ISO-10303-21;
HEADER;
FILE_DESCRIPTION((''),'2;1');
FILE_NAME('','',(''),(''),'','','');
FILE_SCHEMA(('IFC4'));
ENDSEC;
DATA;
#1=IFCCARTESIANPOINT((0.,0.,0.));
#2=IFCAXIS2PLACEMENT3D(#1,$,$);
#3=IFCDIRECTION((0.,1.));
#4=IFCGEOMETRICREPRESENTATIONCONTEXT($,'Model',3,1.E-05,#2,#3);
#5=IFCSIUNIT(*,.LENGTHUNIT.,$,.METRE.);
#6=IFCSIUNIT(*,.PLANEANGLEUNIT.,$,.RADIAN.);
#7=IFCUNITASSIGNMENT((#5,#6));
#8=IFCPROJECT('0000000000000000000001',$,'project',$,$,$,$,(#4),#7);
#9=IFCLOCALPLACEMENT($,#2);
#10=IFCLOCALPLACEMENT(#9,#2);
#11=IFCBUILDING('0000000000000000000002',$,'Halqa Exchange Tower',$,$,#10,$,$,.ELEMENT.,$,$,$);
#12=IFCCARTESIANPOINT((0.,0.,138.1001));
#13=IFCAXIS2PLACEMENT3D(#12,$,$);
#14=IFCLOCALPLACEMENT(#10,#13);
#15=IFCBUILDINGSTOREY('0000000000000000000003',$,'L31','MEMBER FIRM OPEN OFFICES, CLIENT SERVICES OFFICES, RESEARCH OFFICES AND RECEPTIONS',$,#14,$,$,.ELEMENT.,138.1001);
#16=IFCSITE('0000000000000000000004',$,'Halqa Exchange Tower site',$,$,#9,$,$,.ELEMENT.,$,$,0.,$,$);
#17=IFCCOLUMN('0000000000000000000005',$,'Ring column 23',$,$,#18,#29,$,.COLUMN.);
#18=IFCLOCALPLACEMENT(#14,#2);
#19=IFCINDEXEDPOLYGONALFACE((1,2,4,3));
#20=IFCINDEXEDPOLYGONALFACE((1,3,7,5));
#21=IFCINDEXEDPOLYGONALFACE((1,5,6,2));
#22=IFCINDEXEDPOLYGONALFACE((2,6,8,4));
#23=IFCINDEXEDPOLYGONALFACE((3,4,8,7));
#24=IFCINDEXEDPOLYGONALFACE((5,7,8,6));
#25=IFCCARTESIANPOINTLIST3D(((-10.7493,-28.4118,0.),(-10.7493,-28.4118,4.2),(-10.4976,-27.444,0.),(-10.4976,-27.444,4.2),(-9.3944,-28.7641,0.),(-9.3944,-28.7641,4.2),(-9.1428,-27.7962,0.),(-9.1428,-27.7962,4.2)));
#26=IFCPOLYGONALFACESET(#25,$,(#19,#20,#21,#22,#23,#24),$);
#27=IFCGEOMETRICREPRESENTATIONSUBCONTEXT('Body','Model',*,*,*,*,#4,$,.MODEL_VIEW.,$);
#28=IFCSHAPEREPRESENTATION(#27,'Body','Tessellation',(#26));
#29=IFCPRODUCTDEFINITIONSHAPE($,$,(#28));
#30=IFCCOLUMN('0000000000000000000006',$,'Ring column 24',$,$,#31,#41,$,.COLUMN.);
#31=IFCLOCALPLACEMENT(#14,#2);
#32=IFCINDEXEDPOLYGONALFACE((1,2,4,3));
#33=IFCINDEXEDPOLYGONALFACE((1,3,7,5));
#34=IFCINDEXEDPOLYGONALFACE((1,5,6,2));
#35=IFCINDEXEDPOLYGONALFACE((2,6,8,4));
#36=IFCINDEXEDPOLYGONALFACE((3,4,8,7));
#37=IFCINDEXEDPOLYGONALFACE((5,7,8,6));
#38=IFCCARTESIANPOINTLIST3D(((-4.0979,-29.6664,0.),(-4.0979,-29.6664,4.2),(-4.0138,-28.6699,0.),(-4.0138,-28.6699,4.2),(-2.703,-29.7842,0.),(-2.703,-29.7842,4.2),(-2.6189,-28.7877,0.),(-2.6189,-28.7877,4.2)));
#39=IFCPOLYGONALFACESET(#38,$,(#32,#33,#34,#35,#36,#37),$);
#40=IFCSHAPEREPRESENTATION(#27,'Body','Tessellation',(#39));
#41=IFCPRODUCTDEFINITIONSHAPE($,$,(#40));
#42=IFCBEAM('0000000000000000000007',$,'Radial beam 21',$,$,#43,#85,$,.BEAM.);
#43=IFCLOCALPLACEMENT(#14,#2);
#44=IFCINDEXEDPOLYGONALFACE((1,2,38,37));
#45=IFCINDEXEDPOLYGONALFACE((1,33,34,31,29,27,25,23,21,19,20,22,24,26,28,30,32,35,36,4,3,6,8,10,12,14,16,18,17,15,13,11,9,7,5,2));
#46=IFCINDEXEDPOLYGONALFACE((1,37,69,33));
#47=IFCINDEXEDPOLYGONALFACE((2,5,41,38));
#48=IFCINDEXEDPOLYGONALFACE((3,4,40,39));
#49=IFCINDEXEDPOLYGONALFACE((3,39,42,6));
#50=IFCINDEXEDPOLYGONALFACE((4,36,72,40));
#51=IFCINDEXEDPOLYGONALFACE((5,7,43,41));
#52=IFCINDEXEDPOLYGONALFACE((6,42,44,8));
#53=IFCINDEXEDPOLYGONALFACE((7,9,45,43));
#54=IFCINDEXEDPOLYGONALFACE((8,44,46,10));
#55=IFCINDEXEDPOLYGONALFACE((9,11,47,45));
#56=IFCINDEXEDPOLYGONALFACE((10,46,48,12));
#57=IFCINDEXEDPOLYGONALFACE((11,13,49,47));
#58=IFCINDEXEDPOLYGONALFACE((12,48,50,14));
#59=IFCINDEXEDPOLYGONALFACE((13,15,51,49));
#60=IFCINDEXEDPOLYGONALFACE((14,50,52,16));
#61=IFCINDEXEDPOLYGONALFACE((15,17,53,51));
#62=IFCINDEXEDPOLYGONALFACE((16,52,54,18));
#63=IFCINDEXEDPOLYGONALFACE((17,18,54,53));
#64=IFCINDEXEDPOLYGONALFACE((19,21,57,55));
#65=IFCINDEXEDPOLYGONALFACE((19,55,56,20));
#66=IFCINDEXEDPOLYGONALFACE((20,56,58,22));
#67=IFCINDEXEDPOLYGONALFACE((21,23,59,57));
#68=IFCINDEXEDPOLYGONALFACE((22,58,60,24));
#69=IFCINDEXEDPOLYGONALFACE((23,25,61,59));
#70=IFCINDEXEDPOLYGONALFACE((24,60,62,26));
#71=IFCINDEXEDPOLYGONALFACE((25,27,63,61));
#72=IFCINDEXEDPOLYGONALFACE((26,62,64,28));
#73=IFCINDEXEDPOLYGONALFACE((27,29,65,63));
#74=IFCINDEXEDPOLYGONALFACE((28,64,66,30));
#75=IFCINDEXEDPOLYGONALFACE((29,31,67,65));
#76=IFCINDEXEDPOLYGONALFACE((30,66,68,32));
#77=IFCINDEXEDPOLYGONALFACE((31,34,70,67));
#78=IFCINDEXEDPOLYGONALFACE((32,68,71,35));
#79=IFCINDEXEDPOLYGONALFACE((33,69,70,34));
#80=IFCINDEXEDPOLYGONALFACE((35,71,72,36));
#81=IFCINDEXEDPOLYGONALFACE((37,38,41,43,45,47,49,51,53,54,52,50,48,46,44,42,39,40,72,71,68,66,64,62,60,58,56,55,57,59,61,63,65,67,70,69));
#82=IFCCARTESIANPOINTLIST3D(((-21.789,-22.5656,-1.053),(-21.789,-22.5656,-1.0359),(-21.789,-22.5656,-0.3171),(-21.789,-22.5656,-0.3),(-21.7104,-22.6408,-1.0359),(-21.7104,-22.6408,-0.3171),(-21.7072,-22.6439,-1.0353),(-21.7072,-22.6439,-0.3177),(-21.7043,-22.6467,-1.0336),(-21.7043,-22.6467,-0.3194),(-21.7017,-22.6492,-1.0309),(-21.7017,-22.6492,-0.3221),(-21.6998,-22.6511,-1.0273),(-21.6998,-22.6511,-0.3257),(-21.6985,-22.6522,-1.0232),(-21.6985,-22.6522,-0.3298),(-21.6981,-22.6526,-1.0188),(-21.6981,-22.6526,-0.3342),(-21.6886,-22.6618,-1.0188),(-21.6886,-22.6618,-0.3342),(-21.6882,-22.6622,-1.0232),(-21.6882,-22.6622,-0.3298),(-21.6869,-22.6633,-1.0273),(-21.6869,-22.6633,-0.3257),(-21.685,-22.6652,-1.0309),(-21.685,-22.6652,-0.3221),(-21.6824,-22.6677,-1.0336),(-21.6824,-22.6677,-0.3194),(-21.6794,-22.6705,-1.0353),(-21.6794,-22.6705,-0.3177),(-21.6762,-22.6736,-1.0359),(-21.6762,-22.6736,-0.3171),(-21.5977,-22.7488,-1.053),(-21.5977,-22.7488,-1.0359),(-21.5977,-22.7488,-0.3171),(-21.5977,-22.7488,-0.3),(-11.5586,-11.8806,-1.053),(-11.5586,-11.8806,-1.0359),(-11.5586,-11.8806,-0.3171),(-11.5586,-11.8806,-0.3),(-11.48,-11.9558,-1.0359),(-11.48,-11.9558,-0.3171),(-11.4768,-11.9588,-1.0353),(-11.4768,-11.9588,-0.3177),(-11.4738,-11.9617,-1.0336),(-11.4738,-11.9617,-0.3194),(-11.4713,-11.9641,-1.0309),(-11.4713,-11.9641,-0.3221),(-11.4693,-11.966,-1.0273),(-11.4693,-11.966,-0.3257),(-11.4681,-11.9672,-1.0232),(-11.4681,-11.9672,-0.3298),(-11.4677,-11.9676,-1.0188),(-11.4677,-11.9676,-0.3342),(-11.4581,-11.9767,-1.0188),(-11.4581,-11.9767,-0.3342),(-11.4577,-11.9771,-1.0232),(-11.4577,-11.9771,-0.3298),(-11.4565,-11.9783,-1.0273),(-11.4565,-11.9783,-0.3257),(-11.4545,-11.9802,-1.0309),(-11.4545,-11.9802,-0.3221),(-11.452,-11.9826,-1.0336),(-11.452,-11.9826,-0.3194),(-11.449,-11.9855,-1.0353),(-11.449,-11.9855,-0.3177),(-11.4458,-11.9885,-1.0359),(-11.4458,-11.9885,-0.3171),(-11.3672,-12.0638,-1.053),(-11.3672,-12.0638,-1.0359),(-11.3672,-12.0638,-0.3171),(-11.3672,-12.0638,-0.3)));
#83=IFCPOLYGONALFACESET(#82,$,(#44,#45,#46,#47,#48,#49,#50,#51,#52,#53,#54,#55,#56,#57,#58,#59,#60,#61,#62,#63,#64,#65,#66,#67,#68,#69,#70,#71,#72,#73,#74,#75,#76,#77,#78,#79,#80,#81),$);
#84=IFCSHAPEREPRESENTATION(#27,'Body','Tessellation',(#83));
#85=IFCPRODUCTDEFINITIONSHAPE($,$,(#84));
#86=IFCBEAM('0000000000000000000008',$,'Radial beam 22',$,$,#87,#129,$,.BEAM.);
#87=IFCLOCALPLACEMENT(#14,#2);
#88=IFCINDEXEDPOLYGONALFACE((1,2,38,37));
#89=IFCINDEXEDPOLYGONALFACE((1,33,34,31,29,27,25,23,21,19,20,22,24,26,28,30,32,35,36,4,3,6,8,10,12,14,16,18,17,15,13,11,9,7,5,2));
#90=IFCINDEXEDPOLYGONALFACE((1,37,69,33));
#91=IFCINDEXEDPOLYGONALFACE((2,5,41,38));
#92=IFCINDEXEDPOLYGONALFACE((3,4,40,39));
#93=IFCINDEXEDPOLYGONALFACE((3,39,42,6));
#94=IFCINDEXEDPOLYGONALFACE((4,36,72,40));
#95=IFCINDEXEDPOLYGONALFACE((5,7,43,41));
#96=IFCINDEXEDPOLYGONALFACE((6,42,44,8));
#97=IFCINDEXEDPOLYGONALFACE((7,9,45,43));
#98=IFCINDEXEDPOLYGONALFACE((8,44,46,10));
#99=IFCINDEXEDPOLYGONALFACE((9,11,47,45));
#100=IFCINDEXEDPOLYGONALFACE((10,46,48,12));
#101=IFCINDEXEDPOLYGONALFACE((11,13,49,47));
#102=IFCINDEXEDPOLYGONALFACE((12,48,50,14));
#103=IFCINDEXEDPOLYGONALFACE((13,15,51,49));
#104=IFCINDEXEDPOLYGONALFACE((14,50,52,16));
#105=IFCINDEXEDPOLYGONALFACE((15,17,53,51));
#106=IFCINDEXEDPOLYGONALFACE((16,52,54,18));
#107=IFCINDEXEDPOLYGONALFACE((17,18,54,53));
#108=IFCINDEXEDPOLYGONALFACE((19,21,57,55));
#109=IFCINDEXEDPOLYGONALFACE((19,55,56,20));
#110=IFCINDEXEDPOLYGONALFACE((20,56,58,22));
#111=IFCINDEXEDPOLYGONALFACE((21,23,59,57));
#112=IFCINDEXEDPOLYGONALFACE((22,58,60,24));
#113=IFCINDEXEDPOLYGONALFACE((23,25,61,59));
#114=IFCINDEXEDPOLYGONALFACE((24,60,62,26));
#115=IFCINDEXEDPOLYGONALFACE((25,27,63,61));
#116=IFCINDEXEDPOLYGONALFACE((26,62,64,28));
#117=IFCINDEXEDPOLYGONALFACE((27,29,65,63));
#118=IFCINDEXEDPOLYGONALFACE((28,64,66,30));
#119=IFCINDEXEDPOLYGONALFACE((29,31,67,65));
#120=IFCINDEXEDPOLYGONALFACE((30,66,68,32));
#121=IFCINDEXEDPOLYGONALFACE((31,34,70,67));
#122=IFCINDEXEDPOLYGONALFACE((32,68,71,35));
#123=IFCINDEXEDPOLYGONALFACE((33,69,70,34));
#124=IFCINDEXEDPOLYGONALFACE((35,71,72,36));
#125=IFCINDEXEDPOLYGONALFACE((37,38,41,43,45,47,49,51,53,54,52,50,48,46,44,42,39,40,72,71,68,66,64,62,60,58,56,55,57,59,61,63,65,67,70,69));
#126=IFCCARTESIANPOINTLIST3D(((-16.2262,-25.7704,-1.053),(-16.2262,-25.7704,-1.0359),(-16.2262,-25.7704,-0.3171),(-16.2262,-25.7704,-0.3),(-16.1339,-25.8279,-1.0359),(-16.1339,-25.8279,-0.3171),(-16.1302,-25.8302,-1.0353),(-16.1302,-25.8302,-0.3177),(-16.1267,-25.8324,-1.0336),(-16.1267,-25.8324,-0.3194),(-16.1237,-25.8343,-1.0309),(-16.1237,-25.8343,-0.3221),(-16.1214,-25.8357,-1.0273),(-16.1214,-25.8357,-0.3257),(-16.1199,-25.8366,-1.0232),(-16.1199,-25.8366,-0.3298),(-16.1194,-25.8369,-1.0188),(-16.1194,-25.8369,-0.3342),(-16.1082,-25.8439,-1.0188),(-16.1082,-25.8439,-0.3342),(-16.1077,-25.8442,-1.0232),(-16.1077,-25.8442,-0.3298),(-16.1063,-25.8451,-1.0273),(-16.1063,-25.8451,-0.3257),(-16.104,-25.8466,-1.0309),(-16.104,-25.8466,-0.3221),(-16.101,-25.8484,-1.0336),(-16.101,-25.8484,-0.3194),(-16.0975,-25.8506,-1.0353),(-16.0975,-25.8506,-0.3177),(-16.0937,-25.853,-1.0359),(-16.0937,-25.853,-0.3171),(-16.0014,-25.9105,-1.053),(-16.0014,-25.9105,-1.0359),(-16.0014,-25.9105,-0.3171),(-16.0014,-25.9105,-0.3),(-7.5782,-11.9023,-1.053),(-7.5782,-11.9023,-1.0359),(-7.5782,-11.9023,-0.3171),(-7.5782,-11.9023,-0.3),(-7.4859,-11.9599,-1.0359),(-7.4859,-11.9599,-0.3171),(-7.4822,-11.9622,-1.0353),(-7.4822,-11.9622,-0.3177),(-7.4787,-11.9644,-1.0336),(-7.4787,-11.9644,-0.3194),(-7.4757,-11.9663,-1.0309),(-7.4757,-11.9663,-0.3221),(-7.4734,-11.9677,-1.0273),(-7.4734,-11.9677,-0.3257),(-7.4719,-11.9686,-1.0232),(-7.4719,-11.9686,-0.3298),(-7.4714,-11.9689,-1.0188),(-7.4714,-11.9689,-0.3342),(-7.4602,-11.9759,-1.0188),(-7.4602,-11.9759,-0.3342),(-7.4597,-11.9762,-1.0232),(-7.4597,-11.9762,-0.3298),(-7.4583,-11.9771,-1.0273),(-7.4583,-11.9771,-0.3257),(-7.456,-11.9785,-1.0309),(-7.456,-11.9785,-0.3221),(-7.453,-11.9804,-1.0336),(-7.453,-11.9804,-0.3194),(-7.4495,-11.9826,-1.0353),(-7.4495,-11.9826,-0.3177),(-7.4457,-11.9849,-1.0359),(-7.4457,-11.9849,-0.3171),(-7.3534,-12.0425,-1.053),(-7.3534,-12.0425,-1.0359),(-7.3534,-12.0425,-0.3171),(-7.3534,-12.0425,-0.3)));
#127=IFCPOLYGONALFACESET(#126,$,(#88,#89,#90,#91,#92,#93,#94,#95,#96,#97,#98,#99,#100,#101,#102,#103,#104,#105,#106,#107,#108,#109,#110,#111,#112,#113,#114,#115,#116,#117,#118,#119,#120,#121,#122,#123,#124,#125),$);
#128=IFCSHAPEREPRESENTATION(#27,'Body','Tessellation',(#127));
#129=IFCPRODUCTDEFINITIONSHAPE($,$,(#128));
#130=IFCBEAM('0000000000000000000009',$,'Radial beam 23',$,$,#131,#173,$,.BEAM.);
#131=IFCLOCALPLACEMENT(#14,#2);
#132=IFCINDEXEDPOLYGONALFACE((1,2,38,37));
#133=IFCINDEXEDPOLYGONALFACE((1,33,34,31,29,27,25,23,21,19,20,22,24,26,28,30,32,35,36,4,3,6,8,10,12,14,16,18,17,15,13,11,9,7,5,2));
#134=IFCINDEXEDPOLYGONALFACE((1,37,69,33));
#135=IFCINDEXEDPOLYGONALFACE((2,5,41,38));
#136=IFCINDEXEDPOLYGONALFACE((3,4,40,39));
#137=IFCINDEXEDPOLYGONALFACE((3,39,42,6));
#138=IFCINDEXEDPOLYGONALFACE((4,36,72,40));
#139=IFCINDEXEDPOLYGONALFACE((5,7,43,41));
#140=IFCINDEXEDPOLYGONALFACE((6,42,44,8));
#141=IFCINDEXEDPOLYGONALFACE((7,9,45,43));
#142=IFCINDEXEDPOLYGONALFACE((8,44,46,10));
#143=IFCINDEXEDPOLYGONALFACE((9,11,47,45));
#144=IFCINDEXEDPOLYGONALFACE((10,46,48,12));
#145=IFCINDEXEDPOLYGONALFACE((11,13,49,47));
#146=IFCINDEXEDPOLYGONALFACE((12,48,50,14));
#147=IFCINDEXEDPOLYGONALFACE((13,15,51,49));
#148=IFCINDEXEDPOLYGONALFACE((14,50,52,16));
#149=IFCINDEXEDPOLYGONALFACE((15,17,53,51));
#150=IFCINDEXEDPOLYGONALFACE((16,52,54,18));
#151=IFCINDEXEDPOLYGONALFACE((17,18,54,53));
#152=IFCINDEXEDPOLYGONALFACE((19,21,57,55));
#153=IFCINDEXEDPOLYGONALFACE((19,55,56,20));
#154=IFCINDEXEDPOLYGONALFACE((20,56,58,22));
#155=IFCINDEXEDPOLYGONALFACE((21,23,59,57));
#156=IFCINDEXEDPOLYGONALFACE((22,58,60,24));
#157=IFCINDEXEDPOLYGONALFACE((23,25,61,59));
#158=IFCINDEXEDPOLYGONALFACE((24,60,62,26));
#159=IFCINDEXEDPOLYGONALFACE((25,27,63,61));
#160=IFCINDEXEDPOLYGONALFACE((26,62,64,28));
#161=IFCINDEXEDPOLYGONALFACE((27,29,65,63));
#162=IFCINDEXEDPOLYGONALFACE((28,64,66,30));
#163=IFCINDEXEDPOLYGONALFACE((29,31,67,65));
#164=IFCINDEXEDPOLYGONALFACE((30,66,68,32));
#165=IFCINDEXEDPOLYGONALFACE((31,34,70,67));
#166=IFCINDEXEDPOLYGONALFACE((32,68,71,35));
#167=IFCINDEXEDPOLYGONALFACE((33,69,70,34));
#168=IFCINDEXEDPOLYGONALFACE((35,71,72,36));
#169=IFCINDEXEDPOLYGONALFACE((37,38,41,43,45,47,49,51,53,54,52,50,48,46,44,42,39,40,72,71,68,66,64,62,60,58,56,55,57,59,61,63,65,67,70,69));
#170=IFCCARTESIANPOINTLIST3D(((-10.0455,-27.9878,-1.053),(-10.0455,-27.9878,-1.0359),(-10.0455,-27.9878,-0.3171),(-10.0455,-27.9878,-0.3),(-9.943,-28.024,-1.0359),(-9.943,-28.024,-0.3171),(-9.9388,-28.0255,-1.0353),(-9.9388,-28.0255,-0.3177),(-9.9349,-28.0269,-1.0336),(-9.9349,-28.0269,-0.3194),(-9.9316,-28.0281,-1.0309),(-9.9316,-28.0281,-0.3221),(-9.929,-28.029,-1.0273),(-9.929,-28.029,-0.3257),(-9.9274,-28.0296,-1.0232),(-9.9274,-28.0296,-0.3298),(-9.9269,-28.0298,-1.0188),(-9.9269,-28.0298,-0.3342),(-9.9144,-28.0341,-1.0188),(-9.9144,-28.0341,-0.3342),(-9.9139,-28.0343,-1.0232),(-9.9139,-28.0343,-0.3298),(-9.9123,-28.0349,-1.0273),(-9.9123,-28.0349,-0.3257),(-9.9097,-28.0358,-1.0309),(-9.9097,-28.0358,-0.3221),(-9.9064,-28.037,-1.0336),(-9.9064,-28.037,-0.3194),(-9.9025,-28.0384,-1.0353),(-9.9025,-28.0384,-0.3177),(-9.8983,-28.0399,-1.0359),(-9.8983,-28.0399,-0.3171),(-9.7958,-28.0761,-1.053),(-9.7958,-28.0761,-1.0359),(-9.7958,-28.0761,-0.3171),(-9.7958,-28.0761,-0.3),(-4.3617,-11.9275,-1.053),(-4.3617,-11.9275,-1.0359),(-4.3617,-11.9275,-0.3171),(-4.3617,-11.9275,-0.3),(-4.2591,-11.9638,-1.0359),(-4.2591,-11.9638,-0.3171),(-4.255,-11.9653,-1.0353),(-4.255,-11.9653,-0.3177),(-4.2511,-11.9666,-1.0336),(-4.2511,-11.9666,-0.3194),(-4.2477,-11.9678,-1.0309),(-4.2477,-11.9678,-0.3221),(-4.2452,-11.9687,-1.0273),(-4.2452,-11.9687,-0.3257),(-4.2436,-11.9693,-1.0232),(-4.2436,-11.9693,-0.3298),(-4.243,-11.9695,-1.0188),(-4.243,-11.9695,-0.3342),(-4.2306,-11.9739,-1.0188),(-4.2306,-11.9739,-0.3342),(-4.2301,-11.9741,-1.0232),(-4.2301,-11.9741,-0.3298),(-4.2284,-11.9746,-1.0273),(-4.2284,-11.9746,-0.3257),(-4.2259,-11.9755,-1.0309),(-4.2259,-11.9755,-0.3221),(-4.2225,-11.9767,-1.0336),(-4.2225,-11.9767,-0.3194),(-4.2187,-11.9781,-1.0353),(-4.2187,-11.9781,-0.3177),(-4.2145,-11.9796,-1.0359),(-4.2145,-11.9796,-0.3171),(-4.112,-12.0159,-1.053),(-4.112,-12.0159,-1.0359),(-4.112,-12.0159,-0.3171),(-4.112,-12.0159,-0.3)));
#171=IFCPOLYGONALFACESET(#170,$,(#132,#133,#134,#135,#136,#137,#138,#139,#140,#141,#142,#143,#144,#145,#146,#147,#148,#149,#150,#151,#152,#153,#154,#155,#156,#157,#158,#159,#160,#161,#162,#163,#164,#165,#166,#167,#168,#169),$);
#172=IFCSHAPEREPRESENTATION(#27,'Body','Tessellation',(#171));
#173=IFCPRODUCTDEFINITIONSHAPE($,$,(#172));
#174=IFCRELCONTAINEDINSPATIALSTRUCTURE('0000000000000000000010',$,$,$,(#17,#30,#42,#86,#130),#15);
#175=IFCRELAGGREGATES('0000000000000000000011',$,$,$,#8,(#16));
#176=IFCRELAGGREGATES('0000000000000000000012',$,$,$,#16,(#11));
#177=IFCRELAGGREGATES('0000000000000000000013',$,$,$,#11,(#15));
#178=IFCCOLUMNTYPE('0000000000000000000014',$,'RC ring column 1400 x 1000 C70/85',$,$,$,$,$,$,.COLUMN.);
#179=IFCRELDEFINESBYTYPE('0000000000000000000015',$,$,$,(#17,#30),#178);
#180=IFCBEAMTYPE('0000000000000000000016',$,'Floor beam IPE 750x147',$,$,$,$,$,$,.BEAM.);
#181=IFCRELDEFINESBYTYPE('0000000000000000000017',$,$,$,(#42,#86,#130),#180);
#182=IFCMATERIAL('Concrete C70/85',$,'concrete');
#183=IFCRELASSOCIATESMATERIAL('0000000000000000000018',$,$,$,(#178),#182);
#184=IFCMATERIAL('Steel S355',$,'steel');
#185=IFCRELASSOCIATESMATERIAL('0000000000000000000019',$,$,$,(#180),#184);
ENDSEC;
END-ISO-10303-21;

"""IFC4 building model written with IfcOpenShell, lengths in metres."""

from ifc_helpers import new_model, si_unit, direction, frame, origin, origin_2d, place, context, subcontext, project, spatial, rectangle, i_section, extrude, material, material_profile, profile_set, type_object, element, save


model = new_model("IFC4")

# Units and contexts
model_context = context("Model", 3, precision=1e-05, world=origin(), true_north=direction((0.0, 1.0)))
body_context = subcontext(model_context, "Body", "Model", "MODEL_VIEW")
ifc_project = project(units=[si_unit("LENGTHUNIT", "METRE"), si_unit("PLANEANGLEUNIT", "RADIAN")], contexts=[model_context])

# Site, building, storey
site_placement = place(None, origin())
site = spatial("IfcSite", under=ifc_project, at=site_placement, Name="Halqa Exchange Tower site", CompositionType="ELEMENT", RefElevation=0.0)
building_placement = place(site_placement, origin())
building = spatial("IfcBuilding", under=site, at=building_placement, Name="Halqa Exchange Tower", CompositionType="ELEMENT")
storey_placement = place(building_placement, frame((0.0, 0.0, 138.1001)))
storey = spatial("IfcBuildingStorey", under=building, at=storey_placement, Name="L31", Description="MEMBER FIRM OPEN OFFICES, CLIENT SERVICES OFFICES, RESEARCH OFFICES AND RECEPTIONS", CompositionType="ELEMENT", Elevation=138.1001)

# Columns
ifc_material_1 = material(Name="Concrete C70/85", Category="concrete")
ifc_material_profile_1 = material_profile(ifc_material_1, rectangle(XDim=1.3999, YDim=1.0, at=origin_2d()), Name="1400 x 1000")
ifc_profile_set_1 = profile_set([ifc_material_profile_1], Name="Concrete C70/85")
column_type = type_object("IfcColumnType", Name="RC ring column 1400 x 1000 C70/85", PredefinedType="COLUMN", material=ifc_profile_set_1)
for number, where, z_axis, x_axis, name in (
    (1, (-9.946, -28.104, 0.0), (0.0, 0.0, 1.0), (0.96782, -0.251645, 0.0), "Ring column 23"),
    (2, (-3.3584, -29.2271, 0.0), (0.0, 0.0, 1.0), (0.996455, -0.084123, 0.0), "Ring column 24"),
):
    element("IfcColumn", number, at=place(storey_placement, frame(where, z_axis=z_axis, x_axis=x_axis)), inside=storey, type_object=column_type, Name=name, PredefinedType="COLUMN", context=body_context, shape_type="SweptSolid", body=[
        extrude(rectangle(XDim=1.3999, YDim=1.0, at=origin_2d()), origin(), (0.0, 0.0, 1.0), 4.2),
    ])

# Beams
ifc_material_2 = material(Name="Steel S355", Category="steel")
ifc_material_profile_2 = material_profile(ifc_material_2, i_section(OverallWidth=0.2649, OverallDepth=0.7529, WebThickness=0.0132, FlangeThickness=0.0171, FilletRadius=0.0171, at=origin_2d()), Name="IPE 750x147")
ifc_profile_set_2 = profile_set([ifc_material_profile_2], Name="Steel S355")
beam_type_1 = type_object("IfcBeamType", Name="Floor beam IPE 750x147", PredefinedType="BEAM", material=ifc_profile_set_2)
beam_1_placement = place(storey_placement, frame((-11.4629, -11.9722, -0.6765), z_axis=(-0.691575, -0.722305, 0.0), x_axis=(0.722305, -0.691575, 0.0)))
element("IfcBeam", 3, at=beam_1_placement, inside=storey, type_object=beam_type_1, Name="Radial beam 21", PredefinedType="BEAM", context=body_context, shape_type="SweptSolid", body=[
    extrude(i_section(OverallWidth=0.2649, OverallDepth=0.7529, WebThickness=0.0132, FlangeThickness=0.0171, FilletRadius=0.0171, at=origin_2d()), origin(), (0.0, 0.0, 1.0), 14.793),
])
beam_2_placement = place(storey_placement, frame((-7.4658, -11.9724, -0.6765), z_axis=(-0.529141, -0.848534, 0.0), x_axis=(0.848534, -0.529141, 0.0)))
element("IfcBeam", 4, at=beam_2_placement, inside=storey, type_object=beam_type_1, Name="Radial beam 22", PredefinedType="BEAM", context=body_context, shape_type="SweptSolid", body=[
    extrude(i_section(OverallWidth=0.2649, OverallDepth=0.7529, WebThickness=0.0132, FlangeThickness=0.0171, FilletRadius=0.0171, at=origin_2d()), origin(), (0.0, 0.0, 1.0), 16.3435),
])
beam_3_placement = place(storey_placement, frame((-4.2368, -11.9717, -0.6765), z_axis=(-0.333629, -0.942705, 0.0), x_axis=(0.942705, -0.333629, 0.0)))
element("IfcBeam", 5, at=beam_3_placement, inside=storey, type_object=beam_type_1, Name="Radial beam 23", PredefinedType="BEAM", context=body_context, shape_type="SweptSolid", body=[
    extrude(i_section(OverallWidth=0.2649, OverallDepth=0.7529, WebThickness=0.0132, FlangeThickness=0.0171, FilletRadius=0.0171, at=origin_2d()), origin(), (0.0, 0.0, 1.0), 17.0364),
])

save(model, "model.ifc")
